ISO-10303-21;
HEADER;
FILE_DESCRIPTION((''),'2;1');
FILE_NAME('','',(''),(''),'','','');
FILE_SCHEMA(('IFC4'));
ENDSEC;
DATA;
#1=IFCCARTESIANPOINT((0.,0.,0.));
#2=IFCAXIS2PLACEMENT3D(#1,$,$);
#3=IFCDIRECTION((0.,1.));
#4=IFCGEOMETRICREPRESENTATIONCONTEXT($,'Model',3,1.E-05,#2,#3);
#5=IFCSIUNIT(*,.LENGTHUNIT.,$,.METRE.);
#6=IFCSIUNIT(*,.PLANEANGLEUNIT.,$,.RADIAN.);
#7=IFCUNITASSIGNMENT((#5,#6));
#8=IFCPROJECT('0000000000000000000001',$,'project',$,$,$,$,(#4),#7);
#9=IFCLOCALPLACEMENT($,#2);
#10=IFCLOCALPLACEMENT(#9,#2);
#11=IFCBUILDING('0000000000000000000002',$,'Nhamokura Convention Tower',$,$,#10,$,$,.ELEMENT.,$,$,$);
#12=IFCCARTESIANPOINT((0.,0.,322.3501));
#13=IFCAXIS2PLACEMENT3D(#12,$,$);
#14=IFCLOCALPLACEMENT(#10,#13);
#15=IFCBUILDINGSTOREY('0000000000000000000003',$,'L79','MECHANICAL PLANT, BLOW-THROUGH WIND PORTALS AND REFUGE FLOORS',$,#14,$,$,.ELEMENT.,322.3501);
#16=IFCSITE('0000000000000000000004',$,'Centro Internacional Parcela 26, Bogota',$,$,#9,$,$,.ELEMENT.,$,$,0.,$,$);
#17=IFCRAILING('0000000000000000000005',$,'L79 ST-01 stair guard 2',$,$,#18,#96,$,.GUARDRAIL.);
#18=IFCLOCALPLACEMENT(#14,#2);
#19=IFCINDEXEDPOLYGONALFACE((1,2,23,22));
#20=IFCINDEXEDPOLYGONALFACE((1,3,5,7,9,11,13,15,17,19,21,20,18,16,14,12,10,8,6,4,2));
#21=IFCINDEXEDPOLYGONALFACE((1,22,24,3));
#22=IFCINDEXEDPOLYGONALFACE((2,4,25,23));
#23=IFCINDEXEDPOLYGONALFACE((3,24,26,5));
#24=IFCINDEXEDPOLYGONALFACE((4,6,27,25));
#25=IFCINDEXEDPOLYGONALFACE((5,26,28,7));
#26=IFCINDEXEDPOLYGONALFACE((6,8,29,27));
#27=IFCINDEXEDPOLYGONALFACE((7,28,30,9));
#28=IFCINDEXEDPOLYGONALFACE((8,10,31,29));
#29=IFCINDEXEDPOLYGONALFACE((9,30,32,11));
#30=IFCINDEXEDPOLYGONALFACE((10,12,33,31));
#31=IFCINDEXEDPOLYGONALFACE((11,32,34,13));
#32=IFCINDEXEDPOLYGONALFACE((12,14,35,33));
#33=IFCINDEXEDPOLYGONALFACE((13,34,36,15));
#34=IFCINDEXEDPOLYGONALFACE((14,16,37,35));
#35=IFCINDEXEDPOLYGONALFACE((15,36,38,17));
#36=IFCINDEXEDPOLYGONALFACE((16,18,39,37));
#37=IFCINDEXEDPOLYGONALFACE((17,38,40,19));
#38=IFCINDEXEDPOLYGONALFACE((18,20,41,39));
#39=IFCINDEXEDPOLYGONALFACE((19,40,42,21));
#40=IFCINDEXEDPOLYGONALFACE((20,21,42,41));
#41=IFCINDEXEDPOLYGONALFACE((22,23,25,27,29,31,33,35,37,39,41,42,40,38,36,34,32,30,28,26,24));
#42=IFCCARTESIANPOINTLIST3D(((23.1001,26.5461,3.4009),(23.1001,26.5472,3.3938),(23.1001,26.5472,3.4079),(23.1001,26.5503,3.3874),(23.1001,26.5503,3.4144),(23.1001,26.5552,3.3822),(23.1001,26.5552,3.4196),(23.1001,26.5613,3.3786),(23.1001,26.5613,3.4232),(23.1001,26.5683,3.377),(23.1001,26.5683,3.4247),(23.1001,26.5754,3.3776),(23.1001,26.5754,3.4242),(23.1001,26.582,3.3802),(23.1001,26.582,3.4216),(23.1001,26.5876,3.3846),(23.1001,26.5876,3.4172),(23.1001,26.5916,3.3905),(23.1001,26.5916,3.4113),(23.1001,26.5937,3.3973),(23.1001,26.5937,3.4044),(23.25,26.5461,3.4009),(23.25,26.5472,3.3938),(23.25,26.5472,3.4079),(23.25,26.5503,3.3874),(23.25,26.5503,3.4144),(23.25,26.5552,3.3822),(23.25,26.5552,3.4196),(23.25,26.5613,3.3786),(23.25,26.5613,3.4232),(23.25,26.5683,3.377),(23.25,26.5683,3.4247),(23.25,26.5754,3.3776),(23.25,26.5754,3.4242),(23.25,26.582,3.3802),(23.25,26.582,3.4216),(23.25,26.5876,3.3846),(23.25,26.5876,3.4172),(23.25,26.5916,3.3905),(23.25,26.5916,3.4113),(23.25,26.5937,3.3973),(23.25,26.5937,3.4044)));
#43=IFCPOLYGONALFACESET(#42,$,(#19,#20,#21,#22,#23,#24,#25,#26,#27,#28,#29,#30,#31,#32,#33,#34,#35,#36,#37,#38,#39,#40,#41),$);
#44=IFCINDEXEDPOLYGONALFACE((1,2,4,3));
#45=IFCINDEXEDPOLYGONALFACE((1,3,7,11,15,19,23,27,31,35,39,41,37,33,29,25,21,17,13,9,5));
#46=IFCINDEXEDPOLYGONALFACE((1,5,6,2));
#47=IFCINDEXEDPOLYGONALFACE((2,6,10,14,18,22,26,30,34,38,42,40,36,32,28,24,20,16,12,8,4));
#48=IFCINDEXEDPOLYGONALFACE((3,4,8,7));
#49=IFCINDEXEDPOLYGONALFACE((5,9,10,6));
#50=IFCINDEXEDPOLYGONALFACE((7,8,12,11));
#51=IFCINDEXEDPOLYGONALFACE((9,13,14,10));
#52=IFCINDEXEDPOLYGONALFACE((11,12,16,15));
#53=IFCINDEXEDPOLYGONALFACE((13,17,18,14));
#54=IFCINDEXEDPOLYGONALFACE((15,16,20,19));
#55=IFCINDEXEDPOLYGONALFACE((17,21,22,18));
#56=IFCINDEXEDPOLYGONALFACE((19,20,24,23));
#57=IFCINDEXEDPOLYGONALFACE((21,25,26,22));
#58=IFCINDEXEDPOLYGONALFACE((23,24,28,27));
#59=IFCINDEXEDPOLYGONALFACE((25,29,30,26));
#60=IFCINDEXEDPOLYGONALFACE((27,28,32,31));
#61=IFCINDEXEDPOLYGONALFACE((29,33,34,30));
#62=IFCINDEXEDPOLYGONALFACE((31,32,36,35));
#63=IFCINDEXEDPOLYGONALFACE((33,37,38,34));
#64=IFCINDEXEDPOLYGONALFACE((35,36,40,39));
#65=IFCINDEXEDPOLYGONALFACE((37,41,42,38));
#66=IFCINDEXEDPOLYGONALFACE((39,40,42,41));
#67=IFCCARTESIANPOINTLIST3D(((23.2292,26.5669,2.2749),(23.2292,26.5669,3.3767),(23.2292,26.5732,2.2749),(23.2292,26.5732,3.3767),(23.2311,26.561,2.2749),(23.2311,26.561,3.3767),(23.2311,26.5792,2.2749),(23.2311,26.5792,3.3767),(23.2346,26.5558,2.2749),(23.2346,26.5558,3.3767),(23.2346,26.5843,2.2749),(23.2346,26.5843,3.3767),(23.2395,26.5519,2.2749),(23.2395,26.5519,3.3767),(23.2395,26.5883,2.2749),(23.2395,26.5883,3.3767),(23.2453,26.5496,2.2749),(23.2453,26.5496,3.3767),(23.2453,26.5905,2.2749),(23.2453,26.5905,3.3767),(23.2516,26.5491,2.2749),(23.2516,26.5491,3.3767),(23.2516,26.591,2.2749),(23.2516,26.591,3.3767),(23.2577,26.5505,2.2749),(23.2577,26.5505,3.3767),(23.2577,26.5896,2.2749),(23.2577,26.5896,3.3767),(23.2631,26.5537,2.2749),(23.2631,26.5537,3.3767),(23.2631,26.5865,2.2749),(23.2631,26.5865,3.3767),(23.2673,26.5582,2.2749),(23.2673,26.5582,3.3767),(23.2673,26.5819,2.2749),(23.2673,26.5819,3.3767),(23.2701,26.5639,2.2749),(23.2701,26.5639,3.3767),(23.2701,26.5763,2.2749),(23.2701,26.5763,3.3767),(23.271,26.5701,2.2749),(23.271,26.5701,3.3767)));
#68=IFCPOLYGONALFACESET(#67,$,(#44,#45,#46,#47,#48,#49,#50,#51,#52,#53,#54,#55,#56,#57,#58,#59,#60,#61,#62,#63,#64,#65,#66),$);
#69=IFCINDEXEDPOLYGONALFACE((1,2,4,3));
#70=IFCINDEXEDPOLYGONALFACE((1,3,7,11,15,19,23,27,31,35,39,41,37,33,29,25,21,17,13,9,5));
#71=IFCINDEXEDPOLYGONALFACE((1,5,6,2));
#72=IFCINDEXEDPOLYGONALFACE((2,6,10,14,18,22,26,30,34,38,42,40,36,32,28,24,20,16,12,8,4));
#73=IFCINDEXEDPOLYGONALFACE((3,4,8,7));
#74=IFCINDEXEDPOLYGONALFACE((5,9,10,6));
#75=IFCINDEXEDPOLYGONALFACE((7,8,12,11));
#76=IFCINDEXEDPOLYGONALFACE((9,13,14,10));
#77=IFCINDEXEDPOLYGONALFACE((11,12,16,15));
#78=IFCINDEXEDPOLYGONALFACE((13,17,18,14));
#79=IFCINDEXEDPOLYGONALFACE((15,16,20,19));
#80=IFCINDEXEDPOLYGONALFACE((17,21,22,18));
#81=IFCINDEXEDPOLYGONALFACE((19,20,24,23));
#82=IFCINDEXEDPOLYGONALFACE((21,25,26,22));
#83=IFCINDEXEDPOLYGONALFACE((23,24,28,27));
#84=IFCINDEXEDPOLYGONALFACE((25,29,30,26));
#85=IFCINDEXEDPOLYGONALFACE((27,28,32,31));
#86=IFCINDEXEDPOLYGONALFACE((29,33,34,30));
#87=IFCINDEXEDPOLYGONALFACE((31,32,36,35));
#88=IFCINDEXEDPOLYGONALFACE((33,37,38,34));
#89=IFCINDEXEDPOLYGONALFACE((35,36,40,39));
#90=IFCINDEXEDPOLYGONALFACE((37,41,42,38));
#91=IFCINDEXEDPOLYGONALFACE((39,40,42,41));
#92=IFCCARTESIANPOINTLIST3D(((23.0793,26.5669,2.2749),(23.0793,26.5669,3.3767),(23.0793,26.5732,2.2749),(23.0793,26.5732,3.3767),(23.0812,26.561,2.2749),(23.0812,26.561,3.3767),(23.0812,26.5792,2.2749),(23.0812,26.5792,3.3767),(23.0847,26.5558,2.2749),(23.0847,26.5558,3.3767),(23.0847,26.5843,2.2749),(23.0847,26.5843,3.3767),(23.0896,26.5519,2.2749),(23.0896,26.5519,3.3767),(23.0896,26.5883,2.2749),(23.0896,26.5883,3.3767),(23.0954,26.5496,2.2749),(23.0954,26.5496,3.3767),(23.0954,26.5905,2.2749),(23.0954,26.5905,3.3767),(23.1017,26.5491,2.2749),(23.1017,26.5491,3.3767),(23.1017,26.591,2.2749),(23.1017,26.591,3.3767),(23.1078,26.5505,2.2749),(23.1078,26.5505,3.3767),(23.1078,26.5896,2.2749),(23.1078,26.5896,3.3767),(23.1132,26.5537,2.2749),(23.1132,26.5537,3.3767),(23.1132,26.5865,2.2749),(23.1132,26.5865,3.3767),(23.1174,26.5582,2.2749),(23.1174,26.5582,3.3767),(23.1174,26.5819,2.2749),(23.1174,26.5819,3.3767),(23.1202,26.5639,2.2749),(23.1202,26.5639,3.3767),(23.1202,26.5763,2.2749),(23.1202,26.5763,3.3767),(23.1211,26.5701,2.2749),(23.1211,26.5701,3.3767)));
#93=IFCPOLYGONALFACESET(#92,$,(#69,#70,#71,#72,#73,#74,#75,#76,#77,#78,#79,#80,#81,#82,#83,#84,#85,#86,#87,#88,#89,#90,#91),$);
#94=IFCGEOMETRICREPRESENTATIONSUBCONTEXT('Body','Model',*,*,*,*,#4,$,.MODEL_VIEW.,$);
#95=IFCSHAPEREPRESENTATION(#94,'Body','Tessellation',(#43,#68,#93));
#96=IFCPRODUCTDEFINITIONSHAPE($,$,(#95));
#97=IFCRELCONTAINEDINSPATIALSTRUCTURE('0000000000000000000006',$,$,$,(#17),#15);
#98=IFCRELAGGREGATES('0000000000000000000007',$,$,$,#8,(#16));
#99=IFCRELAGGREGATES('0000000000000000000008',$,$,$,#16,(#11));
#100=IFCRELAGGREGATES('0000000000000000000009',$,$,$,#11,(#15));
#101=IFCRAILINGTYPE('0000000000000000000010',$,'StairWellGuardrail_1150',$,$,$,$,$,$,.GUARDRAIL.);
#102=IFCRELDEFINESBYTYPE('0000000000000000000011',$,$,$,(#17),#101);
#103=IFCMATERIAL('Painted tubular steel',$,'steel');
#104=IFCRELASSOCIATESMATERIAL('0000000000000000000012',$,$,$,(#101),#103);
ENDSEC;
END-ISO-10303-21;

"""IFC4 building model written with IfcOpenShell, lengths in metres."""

from ifc_helpers import new_model, si_unit, direction, frame, origin, origin_2d, place, context, subcontext, project, spatial, circle, extrude, material, type_object, element, save


model = new_model("IFC4")

# Units and contexts
model_context = context("Model", 3, precision=1e-05, world=origin(), true_north=direction((0.0, 1.0)))
body_context = subcontext(model_context, "Body", "Model", "MODEL_VIEW")
ifc_project = project(units=[si_unit("LENGTHUNIT", "METRE"), si_unit("PLANEANGLEUNIT", "RADIAN")], contexts=[model_context])

# Site, building, storey
site_placement = place(None, origin())
site = spatial("IfcSite", under=ifc_project, at=site_placement, Name="Centro Internacional Parcela 26, Bogota", CompositionType="ELEMENT", RefElevation=0.0)
building_placement = place(site_placement, origin())
building = spatial("IfcBuilding", under=site, at=building_placement, Name="Nhamokura Convention Tower", CompositionType="ELEMENT")
storey_placement = place(building_placement, frame((0.0, 0.0, 322.3501)))
storey = spatial("IfcBuildingStorey", under=building, at=storey_placement, Name="L79", Description="MECHANICAL PLANT, BLOW-THROUGH WIND PORTALS AND REFUGE FLOORS", CompositionType="ELEMENT", Elevation=322.3501)

# Railing
ifc_material_1 = material(Name="Painted tubular steel", Category="steel")
railing_type_1 = type_object("IfcRailingType", Name="StairWellGuardrail_1150", PredefinedType="GUARDRAIL", material=ifc_material_1)
railing_1_placement = place(storey_placement, frame((23.25, 26.5701, 2.2749)))
element("IfcRailing", 1, at=railing_1_placement, inside=storey, type_object=railing_type_1, Name="L79 ST-01 stair guard 2", PredefinedType="GUARDRAIL", context=body_context, shape_type="SweptSolid", body=[
    extrude(circle(Radius=0.0239, at=origin_2d()), frame((0.0, 0.0, 1.126), z_axis=(-1.0, 0.0, 0.0), x_axis=(0.0, -1.0, 0.0)), (0.0, 0.0, 1.0), 0.1499),
    extrude(circle(Radius=0.021, at=origin_2d()), origin(), (0.0, 0.0, 1.0), 1.1018),
    extrude(circle(Radius=0.021, at=origin_2d()), frame((-0.1499, 0.0, 0.0)), (0.0, 0.0, 1.0), 1.1018),
])

save(model, "model.ifc")
